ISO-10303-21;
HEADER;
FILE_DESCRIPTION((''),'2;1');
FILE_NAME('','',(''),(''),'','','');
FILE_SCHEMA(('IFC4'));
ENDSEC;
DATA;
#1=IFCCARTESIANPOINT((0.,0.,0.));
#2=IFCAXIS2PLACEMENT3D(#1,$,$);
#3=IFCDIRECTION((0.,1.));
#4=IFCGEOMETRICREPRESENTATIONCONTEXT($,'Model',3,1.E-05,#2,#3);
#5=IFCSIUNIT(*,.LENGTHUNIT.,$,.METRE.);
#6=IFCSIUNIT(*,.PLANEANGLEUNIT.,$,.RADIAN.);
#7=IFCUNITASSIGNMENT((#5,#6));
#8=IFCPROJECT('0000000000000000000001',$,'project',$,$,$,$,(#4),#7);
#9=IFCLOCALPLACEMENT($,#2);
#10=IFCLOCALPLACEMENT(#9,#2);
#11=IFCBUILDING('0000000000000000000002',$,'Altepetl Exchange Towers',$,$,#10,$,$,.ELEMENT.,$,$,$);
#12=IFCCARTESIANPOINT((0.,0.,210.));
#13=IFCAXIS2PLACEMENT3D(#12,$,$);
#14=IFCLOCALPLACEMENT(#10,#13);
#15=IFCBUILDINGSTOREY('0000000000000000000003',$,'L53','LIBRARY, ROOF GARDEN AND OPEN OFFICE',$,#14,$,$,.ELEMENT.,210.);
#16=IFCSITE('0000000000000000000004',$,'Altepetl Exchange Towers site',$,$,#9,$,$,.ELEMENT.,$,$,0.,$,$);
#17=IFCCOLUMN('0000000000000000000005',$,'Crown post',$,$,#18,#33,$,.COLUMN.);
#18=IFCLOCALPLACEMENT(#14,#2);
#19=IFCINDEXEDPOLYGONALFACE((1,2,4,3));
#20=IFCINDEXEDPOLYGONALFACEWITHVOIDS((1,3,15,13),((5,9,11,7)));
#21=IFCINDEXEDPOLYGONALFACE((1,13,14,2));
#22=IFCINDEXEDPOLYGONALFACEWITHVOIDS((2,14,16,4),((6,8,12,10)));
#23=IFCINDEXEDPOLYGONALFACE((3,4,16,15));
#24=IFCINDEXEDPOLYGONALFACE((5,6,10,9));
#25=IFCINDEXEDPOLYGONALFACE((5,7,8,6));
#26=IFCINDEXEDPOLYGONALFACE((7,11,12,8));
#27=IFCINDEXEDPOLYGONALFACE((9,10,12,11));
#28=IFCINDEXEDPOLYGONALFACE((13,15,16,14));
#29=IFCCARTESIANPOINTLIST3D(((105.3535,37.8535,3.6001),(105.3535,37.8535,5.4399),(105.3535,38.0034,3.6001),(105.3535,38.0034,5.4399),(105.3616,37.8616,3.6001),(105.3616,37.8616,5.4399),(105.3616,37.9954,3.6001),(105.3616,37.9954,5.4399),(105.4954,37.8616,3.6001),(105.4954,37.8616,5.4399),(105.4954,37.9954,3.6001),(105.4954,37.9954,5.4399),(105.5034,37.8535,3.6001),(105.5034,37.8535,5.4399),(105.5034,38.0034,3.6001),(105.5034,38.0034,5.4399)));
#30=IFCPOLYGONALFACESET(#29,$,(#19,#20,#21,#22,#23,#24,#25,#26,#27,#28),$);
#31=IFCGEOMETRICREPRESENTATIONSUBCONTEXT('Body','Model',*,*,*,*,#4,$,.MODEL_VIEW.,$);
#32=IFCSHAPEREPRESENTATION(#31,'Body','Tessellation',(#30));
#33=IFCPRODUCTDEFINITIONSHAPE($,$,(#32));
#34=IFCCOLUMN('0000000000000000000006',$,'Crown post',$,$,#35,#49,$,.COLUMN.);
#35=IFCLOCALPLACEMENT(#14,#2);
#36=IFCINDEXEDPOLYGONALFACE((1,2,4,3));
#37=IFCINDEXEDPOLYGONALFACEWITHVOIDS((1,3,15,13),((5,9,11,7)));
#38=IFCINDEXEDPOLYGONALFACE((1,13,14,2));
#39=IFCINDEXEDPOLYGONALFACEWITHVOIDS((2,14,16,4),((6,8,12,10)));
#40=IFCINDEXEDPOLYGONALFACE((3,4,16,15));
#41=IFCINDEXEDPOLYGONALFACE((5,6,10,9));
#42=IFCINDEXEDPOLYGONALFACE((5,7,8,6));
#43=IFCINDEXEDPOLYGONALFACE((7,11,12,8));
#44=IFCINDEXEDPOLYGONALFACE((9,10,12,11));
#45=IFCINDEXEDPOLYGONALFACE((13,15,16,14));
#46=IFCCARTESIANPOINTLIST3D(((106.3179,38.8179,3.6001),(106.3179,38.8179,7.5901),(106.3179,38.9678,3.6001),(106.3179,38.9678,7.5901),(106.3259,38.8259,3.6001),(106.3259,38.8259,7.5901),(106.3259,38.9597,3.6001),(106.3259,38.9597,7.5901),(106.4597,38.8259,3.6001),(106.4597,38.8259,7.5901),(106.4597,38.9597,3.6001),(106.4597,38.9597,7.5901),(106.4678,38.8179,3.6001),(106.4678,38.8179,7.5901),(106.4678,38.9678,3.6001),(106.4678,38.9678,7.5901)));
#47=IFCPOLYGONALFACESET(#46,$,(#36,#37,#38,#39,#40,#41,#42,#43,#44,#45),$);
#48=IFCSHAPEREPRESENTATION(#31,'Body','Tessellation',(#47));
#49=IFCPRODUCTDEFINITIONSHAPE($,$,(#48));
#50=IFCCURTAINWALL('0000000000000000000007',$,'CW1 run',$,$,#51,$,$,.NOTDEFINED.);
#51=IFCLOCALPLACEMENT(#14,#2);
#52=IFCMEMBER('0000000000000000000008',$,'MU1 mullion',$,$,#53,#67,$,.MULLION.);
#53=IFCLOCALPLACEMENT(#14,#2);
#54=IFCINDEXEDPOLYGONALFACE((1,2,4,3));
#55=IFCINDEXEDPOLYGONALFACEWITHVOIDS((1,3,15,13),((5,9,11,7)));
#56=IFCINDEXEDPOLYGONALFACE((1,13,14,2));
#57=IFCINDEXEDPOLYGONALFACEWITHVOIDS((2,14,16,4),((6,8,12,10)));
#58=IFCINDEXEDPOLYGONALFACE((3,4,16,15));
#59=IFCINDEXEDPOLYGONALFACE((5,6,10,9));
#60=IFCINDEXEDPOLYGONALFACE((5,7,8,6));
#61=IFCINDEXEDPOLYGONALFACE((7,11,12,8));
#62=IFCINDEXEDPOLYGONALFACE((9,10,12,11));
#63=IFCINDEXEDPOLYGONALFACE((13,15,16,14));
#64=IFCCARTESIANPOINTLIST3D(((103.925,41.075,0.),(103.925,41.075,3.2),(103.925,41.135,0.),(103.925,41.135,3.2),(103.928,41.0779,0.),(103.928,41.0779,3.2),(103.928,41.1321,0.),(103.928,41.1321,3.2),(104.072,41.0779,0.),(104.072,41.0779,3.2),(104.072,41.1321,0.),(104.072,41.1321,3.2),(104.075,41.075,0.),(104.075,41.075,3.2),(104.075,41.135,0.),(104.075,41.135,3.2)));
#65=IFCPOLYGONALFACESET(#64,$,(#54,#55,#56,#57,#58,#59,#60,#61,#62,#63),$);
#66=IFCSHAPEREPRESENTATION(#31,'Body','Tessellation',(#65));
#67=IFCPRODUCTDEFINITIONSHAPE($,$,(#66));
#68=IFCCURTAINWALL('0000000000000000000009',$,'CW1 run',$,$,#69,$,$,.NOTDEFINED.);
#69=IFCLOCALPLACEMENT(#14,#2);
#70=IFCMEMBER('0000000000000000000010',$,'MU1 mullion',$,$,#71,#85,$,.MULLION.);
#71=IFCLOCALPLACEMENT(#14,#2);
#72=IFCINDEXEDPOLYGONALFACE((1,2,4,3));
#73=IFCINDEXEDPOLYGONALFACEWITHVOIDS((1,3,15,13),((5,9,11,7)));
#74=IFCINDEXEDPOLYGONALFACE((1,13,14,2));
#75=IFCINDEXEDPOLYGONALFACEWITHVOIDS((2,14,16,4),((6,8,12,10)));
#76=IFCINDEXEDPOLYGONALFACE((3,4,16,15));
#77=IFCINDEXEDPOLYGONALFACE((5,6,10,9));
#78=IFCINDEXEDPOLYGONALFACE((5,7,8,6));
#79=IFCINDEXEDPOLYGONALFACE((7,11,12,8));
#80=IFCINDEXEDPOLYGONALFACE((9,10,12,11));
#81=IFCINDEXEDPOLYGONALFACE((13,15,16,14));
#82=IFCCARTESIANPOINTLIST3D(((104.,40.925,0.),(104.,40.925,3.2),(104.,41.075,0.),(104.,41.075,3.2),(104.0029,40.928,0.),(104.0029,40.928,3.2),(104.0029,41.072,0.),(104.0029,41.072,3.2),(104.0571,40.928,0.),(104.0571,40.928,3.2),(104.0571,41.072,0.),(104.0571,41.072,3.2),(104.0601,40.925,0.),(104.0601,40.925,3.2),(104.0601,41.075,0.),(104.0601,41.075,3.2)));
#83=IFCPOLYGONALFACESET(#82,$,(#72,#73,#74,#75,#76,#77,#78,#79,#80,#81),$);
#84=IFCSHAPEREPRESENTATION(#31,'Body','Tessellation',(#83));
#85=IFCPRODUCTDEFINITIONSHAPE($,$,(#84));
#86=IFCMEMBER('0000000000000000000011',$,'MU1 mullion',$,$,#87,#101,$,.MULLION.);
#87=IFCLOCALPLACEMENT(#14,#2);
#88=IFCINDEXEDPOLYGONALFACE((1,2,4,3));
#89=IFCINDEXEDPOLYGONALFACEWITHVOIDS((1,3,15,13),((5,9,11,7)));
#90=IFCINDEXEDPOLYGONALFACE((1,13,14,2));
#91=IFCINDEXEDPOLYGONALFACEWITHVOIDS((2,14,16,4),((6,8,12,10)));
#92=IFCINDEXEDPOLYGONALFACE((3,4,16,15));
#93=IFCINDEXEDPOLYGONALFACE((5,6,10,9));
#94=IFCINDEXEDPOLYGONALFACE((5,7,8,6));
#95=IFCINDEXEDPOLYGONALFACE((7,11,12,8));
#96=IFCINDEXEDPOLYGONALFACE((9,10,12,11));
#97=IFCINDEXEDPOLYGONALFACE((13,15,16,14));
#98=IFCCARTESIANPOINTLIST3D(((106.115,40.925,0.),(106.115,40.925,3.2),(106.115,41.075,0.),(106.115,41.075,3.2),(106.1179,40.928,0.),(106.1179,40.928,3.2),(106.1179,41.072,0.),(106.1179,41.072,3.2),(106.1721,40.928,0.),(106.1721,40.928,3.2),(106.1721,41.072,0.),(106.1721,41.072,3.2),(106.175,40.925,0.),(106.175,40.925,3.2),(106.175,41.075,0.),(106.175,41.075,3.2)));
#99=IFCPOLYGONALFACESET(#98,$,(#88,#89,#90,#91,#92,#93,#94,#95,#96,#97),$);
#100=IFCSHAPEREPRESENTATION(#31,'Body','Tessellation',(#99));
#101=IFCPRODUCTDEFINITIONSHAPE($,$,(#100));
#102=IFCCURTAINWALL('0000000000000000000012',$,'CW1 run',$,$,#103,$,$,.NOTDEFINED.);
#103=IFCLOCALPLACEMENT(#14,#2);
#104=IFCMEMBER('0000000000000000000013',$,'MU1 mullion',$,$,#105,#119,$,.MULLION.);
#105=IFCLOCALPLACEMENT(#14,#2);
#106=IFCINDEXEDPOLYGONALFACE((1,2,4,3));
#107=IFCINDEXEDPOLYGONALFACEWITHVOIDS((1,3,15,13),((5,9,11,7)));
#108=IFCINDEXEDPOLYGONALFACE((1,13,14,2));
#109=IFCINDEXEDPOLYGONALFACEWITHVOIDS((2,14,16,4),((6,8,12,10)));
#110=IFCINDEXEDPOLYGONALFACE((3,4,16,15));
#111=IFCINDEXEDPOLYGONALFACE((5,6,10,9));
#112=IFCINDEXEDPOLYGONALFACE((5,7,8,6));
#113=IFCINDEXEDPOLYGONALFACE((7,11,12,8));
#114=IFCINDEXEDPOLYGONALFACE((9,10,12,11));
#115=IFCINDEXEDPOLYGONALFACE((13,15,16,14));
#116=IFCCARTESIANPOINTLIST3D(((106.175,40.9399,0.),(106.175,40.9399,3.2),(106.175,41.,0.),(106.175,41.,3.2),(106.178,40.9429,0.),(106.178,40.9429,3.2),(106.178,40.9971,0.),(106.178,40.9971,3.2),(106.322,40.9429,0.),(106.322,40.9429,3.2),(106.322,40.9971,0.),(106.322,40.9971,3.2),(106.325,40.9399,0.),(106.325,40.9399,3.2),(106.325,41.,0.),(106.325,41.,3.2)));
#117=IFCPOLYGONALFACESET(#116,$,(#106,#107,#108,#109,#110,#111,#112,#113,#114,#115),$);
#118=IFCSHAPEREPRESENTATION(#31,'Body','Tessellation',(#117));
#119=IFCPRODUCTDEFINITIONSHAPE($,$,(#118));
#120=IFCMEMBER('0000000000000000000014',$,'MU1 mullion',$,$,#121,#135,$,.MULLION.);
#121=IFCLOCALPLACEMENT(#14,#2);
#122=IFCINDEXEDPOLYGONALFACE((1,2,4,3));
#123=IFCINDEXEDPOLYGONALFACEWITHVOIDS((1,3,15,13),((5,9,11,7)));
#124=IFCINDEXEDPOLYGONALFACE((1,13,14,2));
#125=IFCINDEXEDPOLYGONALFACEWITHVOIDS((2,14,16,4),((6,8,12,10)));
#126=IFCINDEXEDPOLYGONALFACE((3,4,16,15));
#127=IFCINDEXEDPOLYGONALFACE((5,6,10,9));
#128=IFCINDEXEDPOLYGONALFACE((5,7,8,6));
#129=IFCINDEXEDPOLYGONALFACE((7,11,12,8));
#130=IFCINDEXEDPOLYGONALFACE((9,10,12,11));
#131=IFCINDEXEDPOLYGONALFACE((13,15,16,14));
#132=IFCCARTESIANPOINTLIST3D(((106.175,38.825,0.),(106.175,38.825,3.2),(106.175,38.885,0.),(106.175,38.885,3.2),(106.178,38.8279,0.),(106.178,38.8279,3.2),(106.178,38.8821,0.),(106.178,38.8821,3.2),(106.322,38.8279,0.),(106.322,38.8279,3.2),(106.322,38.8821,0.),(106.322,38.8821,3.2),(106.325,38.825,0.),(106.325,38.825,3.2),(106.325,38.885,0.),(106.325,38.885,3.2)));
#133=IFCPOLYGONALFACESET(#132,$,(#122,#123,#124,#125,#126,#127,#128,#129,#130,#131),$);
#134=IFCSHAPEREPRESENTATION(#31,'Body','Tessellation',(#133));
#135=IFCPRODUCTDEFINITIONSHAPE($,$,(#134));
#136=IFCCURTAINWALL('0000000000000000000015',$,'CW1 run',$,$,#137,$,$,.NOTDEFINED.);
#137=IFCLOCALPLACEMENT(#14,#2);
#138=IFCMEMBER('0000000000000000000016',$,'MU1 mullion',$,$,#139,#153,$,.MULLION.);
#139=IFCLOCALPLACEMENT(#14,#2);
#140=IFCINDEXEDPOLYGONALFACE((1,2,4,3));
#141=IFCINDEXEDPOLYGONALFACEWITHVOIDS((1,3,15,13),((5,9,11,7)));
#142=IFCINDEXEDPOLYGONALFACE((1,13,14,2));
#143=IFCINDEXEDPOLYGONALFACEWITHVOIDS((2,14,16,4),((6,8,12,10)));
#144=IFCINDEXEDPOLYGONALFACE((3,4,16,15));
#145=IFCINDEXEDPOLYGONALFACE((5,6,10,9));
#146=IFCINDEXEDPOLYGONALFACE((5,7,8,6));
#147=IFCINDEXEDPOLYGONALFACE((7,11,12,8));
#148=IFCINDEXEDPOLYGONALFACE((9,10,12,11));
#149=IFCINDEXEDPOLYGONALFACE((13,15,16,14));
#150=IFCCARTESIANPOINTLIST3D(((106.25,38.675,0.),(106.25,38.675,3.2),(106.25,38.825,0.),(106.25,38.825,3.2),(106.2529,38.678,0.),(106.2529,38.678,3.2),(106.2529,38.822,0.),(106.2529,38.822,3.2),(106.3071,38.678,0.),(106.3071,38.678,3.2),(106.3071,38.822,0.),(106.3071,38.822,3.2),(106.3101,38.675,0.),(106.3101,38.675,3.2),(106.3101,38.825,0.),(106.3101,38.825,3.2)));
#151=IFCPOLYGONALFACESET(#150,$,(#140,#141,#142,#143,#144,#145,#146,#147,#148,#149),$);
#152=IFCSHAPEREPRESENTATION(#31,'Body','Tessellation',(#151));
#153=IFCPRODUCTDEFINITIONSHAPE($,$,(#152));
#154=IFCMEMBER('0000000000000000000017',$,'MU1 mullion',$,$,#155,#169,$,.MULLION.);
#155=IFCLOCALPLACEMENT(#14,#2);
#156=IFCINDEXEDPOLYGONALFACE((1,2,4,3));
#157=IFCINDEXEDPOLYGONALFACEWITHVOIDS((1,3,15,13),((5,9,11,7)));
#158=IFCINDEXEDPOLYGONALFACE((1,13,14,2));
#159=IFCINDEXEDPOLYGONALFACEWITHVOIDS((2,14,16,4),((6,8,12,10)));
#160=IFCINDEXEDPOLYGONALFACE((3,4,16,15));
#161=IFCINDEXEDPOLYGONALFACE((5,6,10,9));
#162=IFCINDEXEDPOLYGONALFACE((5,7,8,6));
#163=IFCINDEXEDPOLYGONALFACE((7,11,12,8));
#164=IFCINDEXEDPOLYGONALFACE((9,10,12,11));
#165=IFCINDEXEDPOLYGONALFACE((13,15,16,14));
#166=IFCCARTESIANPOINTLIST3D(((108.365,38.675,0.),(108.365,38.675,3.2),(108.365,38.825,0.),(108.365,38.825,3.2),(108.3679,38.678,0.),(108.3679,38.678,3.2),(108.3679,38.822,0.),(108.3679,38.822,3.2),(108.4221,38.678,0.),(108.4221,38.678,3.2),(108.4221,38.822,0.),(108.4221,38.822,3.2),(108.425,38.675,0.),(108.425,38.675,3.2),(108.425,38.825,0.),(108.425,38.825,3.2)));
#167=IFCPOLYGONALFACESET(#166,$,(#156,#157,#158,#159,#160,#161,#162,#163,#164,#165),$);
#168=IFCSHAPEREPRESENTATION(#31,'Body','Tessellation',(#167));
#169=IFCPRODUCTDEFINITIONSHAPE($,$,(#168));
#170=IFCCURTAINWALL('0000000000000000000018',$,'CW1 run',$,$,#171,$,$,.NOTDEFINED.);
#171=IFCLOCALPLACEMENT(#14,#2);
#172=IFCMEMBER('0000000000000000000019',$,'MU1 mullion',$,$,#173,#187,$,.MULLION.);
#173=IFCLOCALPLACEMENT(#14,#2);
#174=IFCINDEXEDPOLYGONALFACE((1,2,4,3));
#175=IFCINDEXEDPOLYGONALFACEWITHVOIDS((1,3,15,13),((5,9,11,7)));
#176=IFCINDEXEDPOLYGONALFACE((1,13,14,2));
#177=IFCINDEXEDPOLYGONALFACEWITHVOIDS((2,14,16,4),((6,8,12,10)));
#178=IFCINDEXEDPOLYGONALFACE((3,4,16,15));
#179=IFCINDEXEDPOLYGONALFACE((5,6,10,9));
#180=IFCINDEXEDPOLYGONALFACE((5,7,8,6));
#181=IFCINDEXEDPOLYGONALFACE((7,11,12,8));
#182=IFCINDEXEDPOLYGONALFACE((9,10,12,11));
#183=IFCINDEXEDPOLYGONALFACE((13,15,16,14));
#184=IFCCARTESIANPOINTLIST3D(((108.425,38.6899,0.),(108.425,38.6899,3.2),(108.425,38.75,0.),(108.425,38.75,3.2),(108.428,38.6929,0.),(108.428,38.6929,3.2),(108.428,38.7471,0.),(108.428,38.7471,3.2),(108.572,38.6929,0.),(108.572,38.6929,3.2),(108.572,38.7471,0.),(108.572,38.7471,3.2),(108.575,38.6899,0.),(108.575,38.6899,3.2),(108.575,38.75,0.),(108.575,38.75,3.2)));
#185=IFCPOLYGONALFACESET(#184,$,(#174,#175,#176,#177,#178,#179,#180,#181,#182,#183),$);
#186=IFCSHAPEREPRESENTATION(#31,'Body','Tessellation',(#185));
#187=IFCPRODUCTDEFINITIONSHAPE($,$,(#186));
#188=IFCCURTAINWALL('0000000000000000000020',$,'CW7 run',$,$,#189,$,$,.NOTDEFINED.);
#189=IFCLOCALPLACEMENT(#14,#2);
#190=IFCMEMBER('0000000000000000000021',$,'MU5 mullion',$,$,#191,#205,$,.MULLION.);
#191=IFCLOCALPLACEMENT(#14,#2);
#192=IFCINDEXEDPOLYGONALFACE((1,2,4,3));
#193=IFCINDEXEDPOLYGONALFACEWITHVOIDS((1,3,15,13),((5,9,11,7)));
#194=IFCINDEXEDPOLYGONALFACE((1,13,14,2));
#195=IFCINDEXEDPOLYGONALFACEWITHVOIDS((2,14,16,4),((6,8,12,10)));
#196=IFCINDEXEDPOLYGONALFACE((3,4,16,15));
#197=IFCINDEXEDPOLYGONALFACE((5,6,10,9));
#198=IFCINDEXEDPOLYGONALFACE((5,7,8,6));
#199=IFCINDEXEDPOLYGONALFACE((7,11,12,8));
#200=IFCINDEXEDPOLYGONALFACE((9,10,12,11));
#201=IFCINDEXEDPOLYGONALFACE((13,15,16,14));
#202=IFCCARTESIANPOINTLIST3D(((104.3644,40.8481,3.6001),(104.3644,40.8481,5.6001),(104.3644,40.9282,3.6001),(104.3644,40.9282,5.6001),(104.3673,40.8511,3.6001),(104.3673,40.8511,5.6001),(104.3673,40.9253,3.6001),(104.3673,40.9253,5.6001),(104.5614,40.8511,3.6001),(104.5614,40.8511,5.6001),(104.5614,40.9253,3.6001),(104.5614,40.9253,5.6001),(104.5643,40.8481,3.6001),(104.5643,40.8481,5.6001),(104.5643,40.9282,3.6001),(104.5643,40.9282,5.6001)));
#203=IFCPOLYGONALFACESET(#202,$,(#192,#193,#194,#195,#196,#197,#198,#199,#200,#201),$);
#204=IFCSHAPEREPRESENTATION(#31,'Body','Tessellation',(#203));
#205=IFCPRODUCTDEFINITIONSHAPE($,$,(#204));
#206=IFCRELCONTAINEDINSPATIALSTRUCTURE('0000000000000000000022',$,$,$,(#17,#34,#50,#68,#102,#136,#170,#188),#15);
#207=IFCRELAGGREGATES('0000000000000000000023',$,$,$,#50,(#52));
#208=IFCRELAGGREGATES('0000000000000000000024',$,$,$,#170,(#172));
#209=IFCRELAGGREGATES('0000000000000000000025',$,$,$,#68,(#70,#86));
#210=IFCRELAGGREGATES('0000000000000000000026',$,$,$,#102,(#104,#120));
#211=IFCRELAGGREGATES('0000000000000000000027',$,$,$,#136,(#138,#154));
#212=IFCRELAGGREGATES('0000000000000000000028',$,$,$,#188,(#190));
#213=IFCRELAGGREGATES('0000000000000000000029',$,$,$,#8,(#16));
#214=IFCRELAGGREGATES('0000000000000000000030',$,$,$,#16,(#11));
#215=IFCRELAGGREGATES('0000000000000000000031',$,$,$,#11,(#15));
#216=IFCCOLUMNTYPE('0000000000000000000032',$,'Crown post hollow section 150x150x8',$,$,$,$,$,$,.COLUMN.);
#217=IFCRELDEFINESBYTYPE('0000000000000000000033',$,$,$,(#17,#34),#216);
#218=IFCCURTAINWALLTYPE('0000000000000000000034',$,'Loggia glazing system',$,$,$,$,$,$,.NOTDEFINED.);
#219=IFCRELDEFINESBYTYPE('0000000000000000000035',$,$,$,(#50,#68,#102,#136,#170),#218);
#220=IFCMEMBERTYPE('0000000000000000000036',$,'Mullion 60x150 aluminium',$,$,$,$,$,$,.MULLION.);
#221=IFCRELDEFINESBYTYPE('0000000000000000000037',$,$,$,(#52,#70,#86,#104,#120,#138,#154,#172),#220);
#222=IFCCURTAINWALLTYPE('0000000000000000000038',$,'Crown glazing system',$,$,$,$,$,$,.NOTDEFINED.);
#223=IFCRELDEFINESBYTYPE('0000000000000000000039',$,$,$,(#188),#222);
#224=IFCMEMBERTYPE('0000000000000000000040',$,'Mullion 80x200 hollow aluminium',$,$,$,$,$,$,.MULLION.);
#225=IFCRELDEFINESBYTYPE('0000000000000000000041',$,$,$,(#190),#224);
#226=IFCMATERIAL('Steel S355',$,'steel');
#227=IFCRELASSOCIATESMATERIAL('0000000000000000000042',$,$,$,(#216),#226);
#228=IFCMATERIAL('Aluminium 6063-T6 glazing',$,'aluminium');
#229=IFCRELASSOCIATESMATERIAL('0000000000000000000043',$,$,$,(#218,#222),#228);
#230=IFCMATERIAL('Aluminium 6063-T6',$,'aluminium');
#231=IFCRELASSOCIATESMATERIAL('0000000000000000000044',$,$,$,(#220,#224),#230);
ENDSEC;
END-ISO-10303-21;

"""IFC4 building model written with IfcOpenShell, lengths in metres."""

from ifc_helpers import new_model, si_unit, direction, frame, origin, origin_2d, place, context, subcontext, project, spatial, hollow_rectangle, extrude, material, material_profile, profile_set, type_object, element, aggregate, save


model = new_model("IFC4")

# Units and contexts
model_context = context("Model", 3, precision=1e-05, world=origin(), true_north=direction((0.0, 1.0)))
body_context = subcontext(model_context, "Body", "Model", "MODEL_VIEW")
ifc_project = project(units=[si_unit("LENGTHUNIT", "METRE"), si_unit("PLANEANGLEUNIT", "RADIAN")], contexts=[model_context])

# Site, building, storey
site_placement = place(None, origin())
site = spatial("IfcSite", under=ifc_project, at=site_placement, Name="Altepetl Exchange Towers site", CompositionType="ELEMENT", RefElevation=0.0)
building_placement = place(site_placement, origin())
building = spatial("IfcBuilding", under=site, at=building_placement, Name="Altepetl Exchange Towers", CompositionType="ELEMENT")
storey_placement = place(building_placement, frame((0.0, 0.0, 210.0)))
storey = spatial("IfcBuildingStorey", under=building, at=storey_placement, Name="L53", Description="LIBRARY, ROOF GARDEN AND OPEN OFFICE", CompositionType="ELEMENT", Elevation=210.0)

# Columns
ifc_material_1 = material(Name="Steel S355", Category="steel")
ifc_material_profile_1 = material_profile(ifc_material_1, hollow_rectangle(XDim=0.1499, YDim=0.1499, WallThickness=0.0081, at=origin_2d()), Name="RHS 150x150x8")
ifc_profile_set_1 = profile_set([ifc_material_profile_1], Name="Steel S355")
column_type = type_object("IfcColumnType", Name="Crown post hollow section 150x150x8", PredefinedType="COLUMN", material=ifc_profile_set_1)
column_1_placement = place(storey_placement, frame((105.4285, 37.9285, 3.6001)))
element("IfcColumn", 1, at=column_1_placement, inside=storey, type_object=column_type, Name="Crown post", PredefinedType="COLUMN", context=body_context, shape_type="SweptSolid", body=[
    extrude(hollow_rectangle(XDim=0.1499, YDim=0.1499, WallThickness=0.0081, at=origin_2d()), origin(), (0.0, 0.0, 1.0), 1.8398),
])
column_2_placement = place(storey_placement, frame((106.3928, 38.8928, 3.6001)))
element("IfcColumn", 2, at=column_2_placement, inside=storey, type_object=column_type, Name="Crown post", PredefinedType="COLUMN", context=body_context, shape_type="SweptSolid", body=[
    extrude(hollow_rectangle(XDim=0.1499, YDim=0.1499, WallThickness=0.0081, at=origin_2d()), origin(), (0.0, 0.0, 1.0), 3.99),
])

# Curtain wall, member
ifc_material_2 = material(Name="Aluminium 6063-T6 glazing", Category="aluminium")
curtain_wall_type_1 = type_object("IfcCurtainWallType", Name="Loggia glazing system", PredefinedType="NOTDEFINED", material=ifc_material_2)
curtain_wall_1_placement = place(storey_placement, origin())
curtain_wall_1 = element("IfcCurtainWall", 3, at=curtain_wall_1_placement, inside=storey, type_object=curtain_wall_type_1, Name="CW1 run", PredefinedType="NOTDEFINED")
ifc_material_3 = material(Name="Aluminium 6063-T6", Category="aluminium")
ifc_material_profile_2 = material_profile(ifc_material_3, hollow_rectangle(XDim=0.0601, YDim=0.1499, WallThickness=0.0029, at=origin_2d()), Name="Mullion 60x150 aluminium")
ifc_profile_set_2 = profile_set([ifc_material_profile_2], Name="Aluminium 6063-T6")
member_type_1 = type_object("IfcMemberType", Name="Mullion 60x150 aluminium", PredefinedType="MULLION", material=ifc_profile_set_2)
member_1_placement = place(storey_placement, frame((104.0, 41.105, 0.0), z_axis=(0.0, 0.0, 1.0), x_axis=(0.0, -1.0, 0.0)))
member_1 = element("IfcMember", 4, at=member_1_placement, type_object=member_type_1, Name="MU1 mullion", PredefinedType="MULLION", context=body_context, shape_type="SweptSolid", body=[
    extrude(hollow_rectangle(XDim=0.0601, YDim=0.1499, WallThickness=0.0029, at=origin_2d()), origin(), (0.0, 0.0, 1.0), 3.2),
])
aggregate(curtain_wall_1, [member_1])

# Curtain walls, members
curtain_wall_2_placement = place(storey_placement, origin())
curtain_wall_2 = element("IfcCurtainWall", 5, at=curtain_wall_2_placement, inside=storey, type_object=curtain_wall_type_1, Name="CW1 run", PredefinedType="NOTDEFINED")
member_2_placement = place(storey_placement, frame((104.03, 41.0, 0.0)))
member_2 = element("IfcMember", 6, at=member_2_placement, type_object=member_type_1, Name="MU1 mullion", PredefinedType="MULLION", context=body_context, shape_type="SweptSolid", body=[
    extrude(hollow_rectangle(XDim=0.0601, YDim=0.1499, WallThickness=0.0029, at=origin_2d()), origin(), (0.0, 0.0, 1.0), 3.2),
])
member_3_placement = place(storey_placement, frame((106.145, 41.0, 0.0)))
member_3 = element("IfcMember", 7, at=member_3_placement, type_object=member_type_1, Name="MU1 mullion", PredefinedType="MULLION", context=body_context, shape_type="SweptSolid", body=[
    extrude(hollow_rectangle(XDim=0.0601, YDim=0.1499, WallThickness=0.0029, at=origin_2d()), origin(), (0.0, 0.0, 1.0), 3.2),
])
curtain_wall_3_placement = place(storey_placement, origin())
curtain_wall_3 = element("IfcCurtainWall", 8, at=curtain_wall_3_placement, inside=storey, type_object=curtain_wall_type_1, Name="CW1 run", PredefinedType="NOTDEFINED")
member_4_placement = place(storey_placement, frame((106.25, 40.97, 0.0), z_axis=(0.0, 0.0, 1.0), x_axis=(0.0, -1.0, 0.0)))
member_4 = element("IfcMember", 9, at=member_4_placement, type_object=member_type_1, Name="MU1 mullion", PredefinedType="MULLION", context=body_context, shape_type="SweptSolid", body=[
    extrude(hollow_rectangle(XDim=0.0601, YDim=0.1499, WallThickness=0.0029, at=origin_2d()), origin(), (0.0, 0.0, 1.0), 3.2),
])
member_5_placement = place(storey_placement, frame((106.25, 38.855, 0.0), z_axis=(0.0, 0.0, 1.0), x_axis=(0.0, -1.0, 0.0)))
member_5 = element("IfcMember", 10, at=member_5_placement, type_object=member_type_1, Name="MU1 mullion", PredefinedType="MULLION", context=body_context, shape_type="SweptSolid", body=[
    extrude(hollow_rectangle(XDim=0.0601, YDim=0.1499, WallThickness=0.0029, at=origin_2d()), origin(), (0.0, 0.0, 1.0), 3.2),
])
curtain_wall_4_placement = place(storey_placement, origin())
curtain_wall_4 = element("IfcCurtainWall", 11, at=curtain_wall_4_placement, inside=storey, type_object=curtain_wall_type_1, Name="CW1 run", PredefinedType="NOTDEFINED")
member_6_placement = place(storey_placement, frame((106.28, 38.75, 0.0)))
member_6 = element("IfcMember", 12, at=member_6_placement, type_object=member_type_1, Name="MU1 mullion", PredefinedType="MULLION", context=body_context, shape_type="SweptSolid", body=[
    extrude(hollow_rectangle(XDim=0.0601, YDim=0.1499, WallThickness=0.0029, at=origin_2d()), origin(), (0.0, 0.0, 1.0), 3.2),
])
member_7_placement = place(storey_placement, frame((108.395, 38.75, 0.0)))
member_7 = element("IfcMember", 13, at=member_7_placement, type_object=member_type_1, Name="MU1 mullion", PredefinedType="MULLION", context=body_context, shape_type="SweptSolid", body=[
    extrude(hollow_rectangle(XDim=0.0601, YDim=0.1499, WallThickness=0.0029, at=origin_2d()), origin(), (0.0, 0.0, 1.0), 3.2),
])

# Curtain walls, members
curtain_wall_5_placement = place(storey_placement, origin())
curtain_wall_5 = element("IfcCurtainWall", 14, at=curtain_wall_5_placement, inside=storey, type_object=curtain_wall_type_1, Name="CW1 run", PredefinedType="NOTDEFINED")
member_8_placement = place(storey_placement, frame((108.5, 38.72, 0.0), z_axis=(0.0, 0.0, 1.0), x_axis=(0.0, -1.0, 0.0)))
member_8 = element("IfcMember", 15, at=member_8_placement, type_object=member_type_1, Name="MU1 mullion", PredefinedType="MULLION", context=body_context, shape_type="SweptSolid", body=[
    extrude(hollow_rectangle(XDim=0.0601, YDim=0.1499, WallThickness=0.0029, at=origin_2d()), origin(), (0.0, 0.0, 1.0), 3.2),
])
aggregate(curtain_wall_5, [member_8])
curtain_wall_type_2 = type_object("IfcCurtainWallType", Name="Crown glazing system", PredefinedType="NOTDEFINED", material=ifc_material_2)
curtain_wall_6_placement = place(storey_placement, origin())
curtain_wall_6 = element("IfcCurtainWall", 16, at=curtain_wall_6_placement, inside=storey, type_object=curtain_wall_type_2, Name="CW7 run", PredefinedType="NOTDEFINED")
ifc_material_profile_3 = material_profile(ifc_material_3, hollow_rectangle(XDim=0.0801, YDim=0.2, WallThickness=0.0029, at=origin_2d()), Name="Mullion 80x200 hollow aluminium")
ifc_profile_set_3 = profile_set([ifc_material_profile_3], Name="Aluminium 6063-T6")
member_type_2 = type_object("IfcMemberType", Name="Mullion 80x200 hollow aluminium", PredefinedType="MULLION", material=ifc_profile_set_3)
member_9_placement = place(storey_placement, frame((104.4644, 40.8882, 3.6001), z_axis=(0.0, 0.0, 1.0), x_axis=(0.0, -1.0, 0.0)))
member_9 = element("IfcMember", 17, at=member_9_placement, type_object=member_type_2, Name="MU5 mullion", PredefinedType="MULLION", context=body_context, shape_type="SweptSolid", body=[
    extrude(hollow_rectangle(XDim=0.0801, YDim=0.2, WallThickness=0.0029, at=origin_2d()), origin(), (0.0, 0.0, 1.0), 2.0),
])

aggregate(curtain_wall_2, [member_2, member_3])
aggregate(curtain_wall_3, [member_4, member_5])
aggregate(curtain_wall_4, [member_6, member_7])
aggregate(curtain_wall_6, [member_9])

save(model, "model.ifc")
